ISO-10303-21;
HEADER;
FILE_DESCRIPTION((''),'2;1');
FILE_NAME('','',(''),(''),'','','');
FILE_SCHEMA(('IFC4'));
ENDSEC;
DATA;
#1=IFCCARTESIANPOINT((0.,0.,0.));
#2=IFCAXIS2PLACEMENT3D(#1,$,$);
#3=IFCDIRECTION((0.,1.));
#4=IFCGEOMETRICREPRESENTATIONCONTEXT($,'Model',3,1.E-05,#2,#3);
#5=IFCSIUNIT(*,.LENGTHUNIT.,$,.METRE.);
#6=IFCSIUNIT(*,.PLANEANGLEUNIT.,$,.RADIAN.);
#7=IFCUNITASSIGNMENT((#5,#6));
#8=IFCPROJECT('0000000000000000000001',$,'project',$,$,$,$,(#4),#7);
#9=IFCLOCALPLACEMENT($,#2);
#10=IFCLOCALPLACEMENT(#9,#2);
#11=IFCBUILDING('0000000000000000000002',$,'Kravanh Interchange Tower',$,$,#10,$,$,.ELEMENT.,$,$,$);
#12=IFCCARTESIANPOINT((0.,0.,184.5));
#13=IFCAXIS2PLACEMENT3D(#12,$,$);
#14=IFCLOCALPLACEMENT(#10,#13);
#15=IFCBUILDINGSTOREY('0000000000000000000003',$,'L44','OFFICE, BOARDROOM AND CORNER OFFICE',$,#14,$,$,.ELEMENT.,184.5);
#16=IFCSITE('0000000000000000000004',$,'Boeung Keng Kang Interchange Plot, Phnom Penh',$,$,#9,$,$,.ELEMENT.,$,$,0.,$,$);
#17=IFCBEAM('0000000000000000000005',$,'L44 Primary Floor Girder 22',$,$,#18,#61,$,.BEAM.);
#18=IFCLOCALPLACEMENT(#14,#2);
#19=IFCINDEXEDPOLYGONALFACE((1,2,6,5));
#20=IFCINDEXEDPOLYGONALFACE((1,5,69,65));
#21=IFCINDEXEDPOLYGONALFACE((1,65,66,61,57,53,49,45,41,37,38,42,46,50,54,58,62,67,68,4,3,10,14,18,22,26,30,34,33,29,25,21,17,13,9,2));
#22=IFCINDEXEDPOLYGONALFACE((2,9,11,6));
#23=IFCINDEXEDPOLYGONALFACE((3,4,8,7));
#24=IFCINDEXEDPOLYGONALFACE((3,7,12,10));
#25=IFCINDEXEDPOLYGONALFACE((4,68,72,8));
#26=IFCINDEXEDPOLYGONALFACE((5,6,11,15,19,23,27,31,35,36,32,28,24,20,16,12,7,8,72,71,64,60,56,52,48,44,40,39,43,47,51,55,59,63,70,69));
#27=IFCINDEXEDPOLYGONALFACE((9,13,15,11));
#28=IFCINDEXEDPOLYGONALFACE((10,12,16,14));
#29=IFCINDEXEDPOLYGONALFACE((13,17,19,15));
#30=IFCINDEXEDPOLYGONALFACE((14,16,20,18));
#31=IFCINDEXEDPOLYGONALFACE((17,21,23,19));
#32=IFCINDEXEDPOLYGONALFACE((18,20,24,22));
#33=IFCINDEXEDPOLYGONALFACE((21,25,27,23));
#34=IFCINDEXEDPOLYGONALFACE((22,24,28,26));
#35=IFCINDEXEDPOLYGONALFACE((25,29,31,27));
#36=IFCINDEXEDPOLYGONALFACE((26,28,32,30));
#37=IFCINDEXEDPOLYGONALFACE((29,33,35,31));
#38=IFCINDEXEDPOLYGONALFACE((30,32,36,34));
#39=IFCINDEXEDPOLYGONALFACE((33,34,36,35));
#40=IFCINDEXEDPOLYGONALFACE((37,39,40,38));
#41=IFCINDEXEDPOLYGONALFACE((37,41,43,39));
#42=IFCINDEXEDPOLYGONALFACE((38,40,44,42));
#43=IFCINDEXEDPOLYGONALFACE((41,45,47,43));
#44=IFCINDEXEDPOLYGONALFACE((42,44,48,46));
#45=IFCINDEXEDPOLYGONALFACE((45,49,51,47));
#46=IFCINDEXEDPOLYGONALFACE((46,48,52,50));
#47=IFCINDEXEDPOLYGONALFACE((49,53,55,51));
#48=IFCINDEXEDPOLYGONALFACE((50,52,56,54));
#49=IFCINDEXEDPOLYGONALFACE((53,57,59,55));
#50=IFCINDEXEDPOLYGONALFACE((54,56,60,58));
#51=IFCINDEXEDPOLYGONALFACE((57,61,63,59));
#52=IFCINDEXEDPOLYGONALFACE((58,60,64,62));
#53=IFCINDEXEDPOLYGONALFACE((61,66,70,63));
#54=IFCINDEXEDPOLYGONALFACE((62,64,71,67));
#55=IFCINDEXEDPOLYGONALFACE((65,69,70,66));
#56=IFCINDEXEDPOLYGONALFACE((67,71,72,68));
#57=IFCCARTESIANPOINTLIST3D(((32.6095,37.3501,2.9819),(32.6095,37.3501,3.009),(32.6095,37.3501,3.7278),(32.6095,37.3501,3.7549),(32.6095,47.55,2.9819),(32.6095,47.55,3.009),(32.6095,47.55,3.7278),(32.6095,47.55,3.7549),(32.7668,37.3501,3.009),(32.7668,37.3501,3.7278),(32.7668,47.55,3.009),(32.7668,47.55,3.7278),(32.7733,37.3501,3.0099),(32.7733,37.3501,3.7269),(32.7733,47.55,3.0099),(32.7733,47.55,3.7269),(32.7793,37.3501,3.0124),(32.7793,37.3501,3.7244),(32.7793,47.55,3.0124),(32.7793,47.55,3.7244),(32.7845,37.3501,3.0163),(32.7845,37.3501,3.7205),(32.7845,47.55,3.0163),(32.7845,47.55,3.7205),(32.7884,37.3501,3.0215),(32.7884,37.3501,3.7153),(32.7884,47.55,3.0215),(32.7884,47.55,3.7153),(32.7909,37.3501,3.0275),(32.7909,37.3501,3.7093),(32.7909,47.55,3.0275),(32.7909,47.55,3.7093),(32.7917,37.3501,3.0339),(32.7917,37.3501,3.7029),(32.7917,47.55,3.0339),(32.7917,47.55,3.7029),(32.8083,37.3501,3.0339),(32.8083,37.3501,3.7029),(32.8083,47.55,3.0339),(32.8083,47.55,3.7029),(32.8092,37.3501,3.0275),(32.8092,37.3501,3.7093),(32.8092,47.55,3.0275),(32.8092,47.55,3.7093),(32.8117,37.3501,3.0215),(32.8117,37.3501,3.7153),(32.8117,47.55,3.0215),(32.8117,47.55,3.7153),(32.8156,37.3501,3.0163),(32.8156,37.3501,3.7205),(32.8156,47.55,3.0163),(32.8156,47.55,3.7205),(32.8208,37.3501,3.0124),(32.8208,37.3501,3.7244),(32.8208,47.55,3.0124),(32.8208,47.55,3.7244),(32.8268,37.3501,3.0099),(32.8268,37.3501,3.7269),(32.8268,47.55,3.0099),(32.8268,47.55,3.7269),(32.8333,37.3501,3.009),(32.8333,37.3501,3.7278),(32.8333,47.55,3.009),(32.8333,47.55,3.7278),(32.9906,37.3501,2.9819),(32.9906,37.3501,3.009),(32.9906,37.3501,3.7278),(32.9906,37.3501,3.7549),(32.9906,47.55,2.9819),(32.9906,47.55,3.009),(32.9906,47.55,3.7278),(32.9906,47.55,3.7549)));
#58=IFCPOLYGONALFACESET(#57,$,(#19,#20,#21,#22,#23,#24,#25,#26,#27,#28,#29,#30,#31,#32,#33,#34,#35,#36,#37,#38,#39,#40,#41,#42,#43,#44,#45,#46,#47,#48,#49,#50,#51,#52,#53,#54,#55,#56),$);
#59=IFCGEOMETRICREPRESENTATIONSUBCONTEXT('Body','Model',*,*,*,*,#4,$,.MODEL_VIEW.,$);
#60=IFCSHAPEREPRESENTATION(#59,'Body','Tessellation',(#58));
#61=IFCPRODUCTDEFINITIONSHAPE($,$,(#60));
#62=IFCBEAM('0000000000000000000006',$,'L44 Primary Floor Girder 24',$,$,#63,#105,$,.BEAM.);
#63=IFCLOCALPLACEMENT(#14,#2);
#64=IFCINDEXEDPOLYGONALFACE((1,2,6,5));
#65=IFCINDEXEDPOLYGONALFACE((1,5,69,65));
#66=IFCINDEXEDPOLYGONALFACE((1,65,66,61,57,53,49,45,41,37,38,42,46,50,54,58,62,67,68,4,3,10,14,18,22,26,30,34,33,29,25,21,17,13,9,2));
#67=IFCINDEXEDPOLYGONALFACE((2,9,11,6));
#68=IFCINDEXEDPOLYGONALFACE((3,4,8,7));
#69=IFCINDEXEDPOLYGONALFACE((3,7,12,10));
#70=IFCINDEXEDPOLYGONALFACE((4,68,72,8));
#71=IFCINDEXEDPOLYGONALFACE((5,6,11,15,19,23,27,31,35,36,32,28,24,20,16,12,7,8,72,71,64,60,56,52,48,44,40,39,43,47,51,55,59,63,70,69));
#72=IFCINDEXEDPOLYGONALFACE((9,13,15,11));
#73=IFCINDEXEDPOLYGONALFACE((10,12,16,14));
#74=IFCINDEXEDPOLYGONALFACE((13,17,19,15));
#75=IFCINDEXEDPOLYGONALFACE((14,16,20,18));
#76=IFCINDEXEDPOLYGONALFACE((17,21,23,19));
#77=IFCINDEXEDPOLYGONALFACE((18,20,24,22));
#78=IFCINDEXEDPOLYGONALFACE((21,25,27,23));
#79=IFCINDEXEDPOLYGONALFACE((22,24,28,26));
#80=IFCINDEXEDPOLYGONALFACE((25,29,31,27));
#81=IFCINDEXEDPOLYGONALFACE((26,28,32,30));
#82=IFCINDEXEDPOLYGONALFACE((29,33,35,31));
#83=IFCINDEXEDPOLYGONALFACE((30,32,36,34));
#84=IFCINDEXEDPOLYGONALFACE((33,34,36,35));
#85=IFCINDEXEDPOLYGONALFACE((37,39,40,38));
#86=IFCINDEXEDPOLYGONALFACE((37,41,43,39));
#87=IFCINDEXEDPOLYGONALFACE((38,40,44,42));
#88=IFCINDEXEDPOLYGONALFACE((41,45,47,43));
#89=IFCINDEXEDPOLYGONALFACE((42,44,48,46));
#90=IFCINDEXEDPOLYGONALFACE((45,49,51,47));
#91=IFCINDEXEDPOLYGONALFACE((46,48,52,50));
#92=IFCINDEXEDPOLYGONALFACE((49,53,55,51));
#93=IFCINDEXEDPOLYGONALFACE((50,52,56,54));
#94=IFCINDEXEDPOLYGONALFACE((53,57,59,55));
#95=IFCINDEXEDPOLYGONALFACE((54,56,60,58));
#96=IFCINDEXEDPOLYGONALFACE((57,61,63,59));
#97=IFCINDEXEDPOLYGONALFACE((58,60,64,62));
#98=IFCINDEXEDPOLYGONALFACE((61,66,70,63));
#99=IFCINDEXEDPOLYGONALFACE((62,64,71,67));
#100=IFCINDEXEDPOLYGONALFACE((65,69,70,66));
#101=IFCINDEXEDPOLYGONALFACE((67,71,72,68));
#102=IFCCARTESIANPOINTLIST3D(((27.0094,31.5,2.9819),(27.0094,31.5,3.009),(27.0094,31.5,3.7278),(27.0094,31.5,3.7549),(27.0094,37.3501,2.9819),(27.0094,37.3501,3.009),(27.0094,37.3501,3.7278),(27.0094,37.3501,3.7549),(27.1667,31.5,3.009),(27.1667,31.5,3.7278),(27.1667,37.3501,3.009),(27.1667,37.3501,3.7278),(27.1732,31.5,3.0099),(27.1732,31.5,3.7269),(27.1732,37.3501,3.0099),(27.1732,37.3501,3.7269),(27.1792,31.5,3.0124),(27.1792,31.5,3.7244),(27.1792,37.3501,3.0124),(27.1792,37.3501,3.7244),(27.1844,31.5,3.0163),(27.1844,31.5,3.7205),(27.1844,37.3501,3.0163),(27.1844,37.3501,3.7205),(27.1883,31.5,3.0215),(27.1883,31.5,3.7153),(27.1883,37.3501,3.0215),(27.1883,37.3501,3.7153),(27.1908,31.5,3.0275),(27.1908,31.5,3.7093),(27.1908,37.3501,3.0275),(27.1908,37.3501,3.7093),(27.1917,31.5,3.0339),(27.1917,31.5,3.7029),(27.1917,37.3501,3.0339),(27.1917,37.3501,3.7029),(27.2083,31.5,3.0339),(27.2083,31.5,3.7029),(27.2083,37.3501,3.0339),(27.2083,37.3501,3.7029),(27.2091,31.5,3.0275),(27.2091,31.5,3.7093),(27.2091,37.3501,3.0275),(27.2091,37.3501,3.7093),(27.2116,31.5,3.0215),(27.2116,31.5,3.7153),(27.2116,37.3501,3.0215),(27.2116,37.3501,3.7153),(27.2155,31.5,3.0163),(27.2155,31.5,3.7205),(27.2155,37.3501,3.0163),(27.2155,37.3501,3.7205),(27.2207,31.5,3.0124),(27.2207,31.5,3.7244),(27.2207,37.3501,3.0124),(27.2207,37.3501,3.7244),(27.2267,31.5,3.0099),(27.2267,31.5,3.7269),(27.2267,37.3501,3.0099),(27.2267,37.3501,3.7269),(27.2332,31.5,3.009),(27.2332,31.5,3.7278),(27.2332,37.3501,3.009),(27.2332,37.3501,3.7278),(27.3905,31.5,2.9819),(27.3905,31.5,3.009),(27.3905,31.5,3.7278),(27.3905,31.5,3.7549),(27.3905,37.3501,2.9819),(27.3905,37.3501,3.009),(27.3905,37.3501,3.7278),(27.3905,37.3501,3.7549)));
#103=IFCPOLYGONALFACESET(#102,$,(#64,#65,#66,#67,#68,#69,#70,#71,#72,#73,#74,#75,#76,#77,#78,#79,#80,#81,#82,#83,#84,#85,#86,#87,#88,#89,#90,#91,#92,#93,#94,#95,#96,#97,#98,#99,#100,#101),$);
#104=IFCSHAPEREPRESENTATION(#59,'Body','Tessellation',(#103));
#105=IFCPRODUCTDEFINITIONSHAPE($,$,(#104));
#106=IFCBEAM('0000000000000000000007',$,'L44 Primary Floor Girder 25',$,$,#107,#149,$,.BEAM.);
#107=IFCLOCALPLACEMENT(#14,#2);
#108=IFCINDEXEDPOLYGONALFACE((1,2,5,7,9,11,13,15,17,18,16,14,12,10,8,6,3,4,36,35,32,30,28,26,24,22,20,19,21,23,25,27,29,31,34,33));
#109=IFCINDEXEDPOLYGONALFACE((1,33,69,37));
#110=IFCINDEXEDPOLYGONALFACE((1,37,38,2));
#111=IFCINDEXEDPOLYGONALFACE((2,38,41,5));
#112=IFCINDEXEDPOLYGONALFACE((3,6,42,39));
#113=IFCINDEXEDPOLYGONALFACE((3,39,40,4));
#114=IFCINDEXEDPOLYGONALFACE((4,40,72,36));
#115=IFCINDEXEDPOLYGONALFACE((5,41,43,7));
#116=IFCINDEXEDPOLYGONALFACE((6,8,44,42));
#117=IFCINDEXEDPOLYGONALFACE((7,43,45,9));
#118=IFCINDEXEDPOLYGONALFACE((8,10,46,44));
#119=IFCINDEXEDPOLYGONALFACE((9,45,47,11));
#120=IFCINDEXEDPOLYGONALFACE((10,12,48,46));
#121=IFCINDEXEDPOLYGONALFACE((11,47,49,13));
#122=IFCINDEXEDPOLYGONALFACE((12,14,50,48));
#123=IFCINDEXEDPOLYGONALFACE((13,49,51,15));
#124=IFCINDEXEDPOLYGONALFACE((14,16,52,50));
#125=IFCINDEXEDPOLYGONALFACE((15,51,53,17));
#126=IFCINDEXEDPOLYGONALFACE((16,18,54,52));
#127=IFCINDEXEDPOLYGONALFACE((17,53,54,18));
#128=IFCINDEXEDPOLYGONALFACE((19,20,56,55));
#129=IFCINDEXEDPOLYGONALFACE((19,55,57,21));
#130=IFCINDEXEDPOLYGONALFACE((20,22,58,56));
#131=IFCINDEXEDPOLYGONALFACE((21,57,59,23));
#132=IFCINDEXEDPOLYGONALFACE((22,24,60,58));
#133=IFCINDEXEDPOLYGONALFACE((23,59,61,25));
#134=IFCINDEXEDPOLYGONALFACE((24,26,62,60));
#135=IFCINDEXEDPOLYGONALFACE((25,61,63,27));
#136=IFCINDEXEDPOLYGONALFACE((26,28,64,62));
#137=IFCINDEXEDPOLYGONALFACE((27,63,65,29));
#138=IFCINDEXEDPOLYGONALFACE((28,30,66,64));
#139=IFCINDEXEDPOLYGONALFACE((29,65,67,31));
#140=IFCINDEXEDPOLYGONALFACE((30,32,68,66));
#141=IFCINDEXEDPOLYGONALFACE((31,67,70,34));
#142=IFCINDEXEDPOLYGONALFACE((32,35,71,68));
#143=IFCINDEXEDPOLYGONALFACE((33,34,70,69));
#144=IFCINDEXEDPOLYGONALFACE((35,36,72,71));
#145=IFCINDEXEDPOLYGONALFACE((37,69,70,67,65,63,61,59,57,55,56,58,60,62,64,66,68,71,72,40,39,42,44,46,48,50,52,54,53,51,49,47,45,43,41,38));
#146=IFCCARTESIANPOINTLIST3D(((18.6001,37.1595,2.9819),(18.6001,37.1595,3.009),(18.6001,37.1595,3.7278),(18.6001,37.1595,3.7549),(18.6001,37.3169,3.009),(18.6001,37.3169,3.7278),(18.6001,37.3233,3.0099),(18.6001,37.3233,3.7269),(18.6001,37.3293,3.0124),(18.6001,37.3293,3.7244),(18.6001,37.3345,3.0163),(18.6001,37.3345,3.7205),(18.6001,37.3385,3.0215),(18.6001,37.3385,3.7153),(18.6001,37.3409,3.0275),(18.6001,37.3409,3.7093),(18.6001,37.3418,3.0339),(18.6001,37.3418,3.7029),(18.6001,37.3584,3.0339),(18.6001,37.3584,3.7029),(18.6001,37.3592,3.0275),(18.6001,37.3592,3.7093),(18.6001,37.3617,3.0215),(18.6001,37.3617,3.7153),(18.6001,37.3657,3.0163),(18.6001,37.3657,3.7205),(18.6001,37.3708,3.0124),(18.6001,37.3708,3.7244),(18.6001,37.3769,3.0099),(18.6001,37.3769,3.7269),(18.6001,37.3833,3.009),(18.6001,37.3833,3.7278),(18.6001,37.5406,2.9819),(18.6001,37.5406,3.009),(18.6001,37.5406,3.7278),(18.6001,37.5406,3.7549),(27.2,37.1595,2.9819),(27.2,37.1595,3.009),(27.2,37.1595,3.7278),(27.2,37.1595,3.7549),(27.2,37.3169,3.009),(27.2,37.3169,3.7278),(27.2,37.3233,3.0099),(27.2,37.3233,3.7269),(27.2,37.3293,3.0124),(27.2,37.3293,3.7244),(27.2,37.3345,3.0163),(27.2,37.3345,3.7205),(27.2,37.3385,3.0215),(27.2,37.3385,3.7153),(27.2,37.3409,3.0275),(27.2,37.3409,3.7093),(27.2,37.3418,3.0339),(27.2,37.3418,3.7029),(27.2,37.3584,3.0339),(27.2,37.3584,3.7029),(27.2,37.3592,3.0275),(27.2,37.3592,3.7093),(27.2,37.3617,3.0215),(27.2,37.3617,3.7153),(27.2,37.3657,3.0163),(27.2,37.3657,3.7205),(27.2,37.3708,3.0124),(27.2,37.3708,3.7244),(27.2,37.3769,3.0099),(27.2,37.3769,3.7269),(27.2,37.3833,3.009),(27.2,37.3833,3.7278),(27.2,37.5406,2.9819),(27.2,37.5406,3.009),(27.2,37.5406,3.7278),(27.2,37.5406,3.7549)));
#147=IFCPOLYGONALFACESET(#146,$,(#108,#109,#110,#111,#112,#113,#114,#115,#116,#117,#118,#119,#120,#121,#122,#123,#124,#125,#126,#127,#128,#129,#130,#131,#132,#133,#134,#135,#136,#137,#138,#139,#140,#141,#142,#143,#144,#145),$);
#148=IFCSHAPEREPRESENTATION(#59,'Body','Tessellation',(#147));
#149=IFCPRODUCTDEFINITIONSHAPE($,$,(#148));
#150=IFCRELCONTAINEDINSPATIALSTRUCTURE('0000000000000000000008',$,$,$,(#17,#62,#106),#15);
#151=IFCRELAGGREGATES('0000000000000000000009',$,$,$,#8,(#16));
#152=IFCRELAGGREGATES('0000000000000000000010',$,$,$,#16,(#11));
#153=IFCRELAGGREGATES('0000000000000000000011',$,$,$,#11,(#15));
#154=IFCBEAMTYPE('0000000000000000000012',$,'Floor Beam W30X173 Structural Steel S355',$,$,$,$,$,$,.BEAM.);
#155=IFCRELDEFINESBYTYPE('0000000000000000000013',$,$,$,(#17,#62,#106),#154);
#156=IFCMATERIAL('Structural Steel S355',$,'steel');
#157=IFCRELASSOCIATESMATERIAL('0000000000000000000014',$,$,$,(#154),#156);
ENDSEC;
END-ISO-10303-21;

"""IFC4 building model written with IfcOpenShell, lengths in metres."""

from ifc_helpers import new_model, si_unit, direction, frame, origin, origin_2d, place, context, subcontext, project, spatial, i_section, extrude, material, material_profile, profile_set, type_object, element, save


model = new_model("IFC4")

# Units and contexts
model_context = context("Model", 3, precision=1e-05, world=origin(), true_north=direction((0.0, 1.0)))
body_context = subcontext(model_context, "Body", "Model", "MODEL_VIEW")
ifc_project = project(units=[si_unit("LENGTHUNIT", "METRE"), si_unit("PLANEANGLEUNIT", "RADIAN")], contexts=[model_context])

# Site, building, storey
site_placement = place(None, origin())
site = spatial("IfcSite", under=ifc_project, at=site_placement, Name="Boeung Keng Kang Interchange Plot, Phnom Penh", CompositionType="ELEMENT", RefElevation=0.0)
building_placement = place(site_placement, origin())
building = spatial("IfcBuilding", under=site, at=building_placement, Name="Kravanh Interchange Tower", CompositionType="ELEMENT")
storey_placement = place(building_placement, frame((0.0, 0.0, 184.5)))
storey = spatial("IfcBuildingStorey", under=building, at=storey_placement, Name="L44", Description="OFFICE, BOARDROOM AND CORNER OFFICE", CompositionType="ELEMENT", Elevation=184.5)

# Beams
ifc_material_1 = material(Name="Structural Steel S355", Category="steel")
ifc_material_profile_1 = material_profile(ifc_material_1, i_section(OverallWidth=0.3811, OverallDepth=0.7729, WebThickness=0.0166, FlangeThickness=0.0271, FilletRadius=0.0249, at=origin_2d()), Name="W30X173")
ifc_profile_set_1 = profile_set([ifc_material_profile_1], Name="Structural Steel S355")
beam_type = type_object("IfcBeamType", Name="Floor Beam W30X173 Structural Steel S355", PredefinedType="BEAM", material=ifc_profile_set_1)
beam_1_placement = place(storey_placement, frame((32.8, 37.3501, 3.3684), z_axis=(0.0, 1.0, 0.0), x_axis=(-1.0, 0.0, 0.0)))
element("IfcBeam", 1, at=beam_1_placement, inside=storey, type_object=beam_type, Name="L44 Primary Floor Girder 22", PredefinedType="BEAM", context=body_context, shape_type="SweptSolid", body=[
    extrude(i_section(OverallWidth=0.3811, OverallDepth=0.7729, WebThickness=0.0166, FlangeThickness=0.0271, FilletRadius=0.0249, at=origin_2d()), origin(), (0.0, 0.0, 1.0), 10.2),
])
beam_2_placement = place(storey_placement, frame((27.2, 37.3501, 3.3684), z_axis=(0.0, -1.0, 0.0), x_axis=(1.0, 0.0, 0.0)))
element("IfcBeam", 2, at=beam_2_placement, inside=storey, type_object=beam_type, Name="L44 Primary Floor Girder 24", PredefinedType="BEAM", context=body_context, shape_type="SweptSolid", body=[
    extrude(i_section(OverallWidth=0.3811, OverallDepth=0.7729, WebThickness=0.0166, FlangeThickness=0.0271, FilletRadius=0.0249, at=origin_2d()), origin(), (0.0, 0.0, 1.0), 5.8501),
])
beam_3_placement = place(storey_placement, frame((27.2, 37.3501, 3.3684), z_axis=(-1.0, 0.0, 0.0), x_axis=(0.0, -1.0, 0.0)))
element("IfcBeam", 3, at=beam_3_placement, inside=storey, type_object=beam_type, Name="L44 Primary Floor Girder 25", PredefinedType="BEAM", context=body_context, shape_type="SweptSolid", body=[
    extrude(i_section(OverallWidth=0.3811, OverallDepth=0.7729, WebThickness=0.0166, FlangeThickness=0.0271, FilletRadius=0.0249, at=origin_2d()), origin(), (0.0, 0.0, 1.0), 8.5999),
])

save(model, "model.ifc")
